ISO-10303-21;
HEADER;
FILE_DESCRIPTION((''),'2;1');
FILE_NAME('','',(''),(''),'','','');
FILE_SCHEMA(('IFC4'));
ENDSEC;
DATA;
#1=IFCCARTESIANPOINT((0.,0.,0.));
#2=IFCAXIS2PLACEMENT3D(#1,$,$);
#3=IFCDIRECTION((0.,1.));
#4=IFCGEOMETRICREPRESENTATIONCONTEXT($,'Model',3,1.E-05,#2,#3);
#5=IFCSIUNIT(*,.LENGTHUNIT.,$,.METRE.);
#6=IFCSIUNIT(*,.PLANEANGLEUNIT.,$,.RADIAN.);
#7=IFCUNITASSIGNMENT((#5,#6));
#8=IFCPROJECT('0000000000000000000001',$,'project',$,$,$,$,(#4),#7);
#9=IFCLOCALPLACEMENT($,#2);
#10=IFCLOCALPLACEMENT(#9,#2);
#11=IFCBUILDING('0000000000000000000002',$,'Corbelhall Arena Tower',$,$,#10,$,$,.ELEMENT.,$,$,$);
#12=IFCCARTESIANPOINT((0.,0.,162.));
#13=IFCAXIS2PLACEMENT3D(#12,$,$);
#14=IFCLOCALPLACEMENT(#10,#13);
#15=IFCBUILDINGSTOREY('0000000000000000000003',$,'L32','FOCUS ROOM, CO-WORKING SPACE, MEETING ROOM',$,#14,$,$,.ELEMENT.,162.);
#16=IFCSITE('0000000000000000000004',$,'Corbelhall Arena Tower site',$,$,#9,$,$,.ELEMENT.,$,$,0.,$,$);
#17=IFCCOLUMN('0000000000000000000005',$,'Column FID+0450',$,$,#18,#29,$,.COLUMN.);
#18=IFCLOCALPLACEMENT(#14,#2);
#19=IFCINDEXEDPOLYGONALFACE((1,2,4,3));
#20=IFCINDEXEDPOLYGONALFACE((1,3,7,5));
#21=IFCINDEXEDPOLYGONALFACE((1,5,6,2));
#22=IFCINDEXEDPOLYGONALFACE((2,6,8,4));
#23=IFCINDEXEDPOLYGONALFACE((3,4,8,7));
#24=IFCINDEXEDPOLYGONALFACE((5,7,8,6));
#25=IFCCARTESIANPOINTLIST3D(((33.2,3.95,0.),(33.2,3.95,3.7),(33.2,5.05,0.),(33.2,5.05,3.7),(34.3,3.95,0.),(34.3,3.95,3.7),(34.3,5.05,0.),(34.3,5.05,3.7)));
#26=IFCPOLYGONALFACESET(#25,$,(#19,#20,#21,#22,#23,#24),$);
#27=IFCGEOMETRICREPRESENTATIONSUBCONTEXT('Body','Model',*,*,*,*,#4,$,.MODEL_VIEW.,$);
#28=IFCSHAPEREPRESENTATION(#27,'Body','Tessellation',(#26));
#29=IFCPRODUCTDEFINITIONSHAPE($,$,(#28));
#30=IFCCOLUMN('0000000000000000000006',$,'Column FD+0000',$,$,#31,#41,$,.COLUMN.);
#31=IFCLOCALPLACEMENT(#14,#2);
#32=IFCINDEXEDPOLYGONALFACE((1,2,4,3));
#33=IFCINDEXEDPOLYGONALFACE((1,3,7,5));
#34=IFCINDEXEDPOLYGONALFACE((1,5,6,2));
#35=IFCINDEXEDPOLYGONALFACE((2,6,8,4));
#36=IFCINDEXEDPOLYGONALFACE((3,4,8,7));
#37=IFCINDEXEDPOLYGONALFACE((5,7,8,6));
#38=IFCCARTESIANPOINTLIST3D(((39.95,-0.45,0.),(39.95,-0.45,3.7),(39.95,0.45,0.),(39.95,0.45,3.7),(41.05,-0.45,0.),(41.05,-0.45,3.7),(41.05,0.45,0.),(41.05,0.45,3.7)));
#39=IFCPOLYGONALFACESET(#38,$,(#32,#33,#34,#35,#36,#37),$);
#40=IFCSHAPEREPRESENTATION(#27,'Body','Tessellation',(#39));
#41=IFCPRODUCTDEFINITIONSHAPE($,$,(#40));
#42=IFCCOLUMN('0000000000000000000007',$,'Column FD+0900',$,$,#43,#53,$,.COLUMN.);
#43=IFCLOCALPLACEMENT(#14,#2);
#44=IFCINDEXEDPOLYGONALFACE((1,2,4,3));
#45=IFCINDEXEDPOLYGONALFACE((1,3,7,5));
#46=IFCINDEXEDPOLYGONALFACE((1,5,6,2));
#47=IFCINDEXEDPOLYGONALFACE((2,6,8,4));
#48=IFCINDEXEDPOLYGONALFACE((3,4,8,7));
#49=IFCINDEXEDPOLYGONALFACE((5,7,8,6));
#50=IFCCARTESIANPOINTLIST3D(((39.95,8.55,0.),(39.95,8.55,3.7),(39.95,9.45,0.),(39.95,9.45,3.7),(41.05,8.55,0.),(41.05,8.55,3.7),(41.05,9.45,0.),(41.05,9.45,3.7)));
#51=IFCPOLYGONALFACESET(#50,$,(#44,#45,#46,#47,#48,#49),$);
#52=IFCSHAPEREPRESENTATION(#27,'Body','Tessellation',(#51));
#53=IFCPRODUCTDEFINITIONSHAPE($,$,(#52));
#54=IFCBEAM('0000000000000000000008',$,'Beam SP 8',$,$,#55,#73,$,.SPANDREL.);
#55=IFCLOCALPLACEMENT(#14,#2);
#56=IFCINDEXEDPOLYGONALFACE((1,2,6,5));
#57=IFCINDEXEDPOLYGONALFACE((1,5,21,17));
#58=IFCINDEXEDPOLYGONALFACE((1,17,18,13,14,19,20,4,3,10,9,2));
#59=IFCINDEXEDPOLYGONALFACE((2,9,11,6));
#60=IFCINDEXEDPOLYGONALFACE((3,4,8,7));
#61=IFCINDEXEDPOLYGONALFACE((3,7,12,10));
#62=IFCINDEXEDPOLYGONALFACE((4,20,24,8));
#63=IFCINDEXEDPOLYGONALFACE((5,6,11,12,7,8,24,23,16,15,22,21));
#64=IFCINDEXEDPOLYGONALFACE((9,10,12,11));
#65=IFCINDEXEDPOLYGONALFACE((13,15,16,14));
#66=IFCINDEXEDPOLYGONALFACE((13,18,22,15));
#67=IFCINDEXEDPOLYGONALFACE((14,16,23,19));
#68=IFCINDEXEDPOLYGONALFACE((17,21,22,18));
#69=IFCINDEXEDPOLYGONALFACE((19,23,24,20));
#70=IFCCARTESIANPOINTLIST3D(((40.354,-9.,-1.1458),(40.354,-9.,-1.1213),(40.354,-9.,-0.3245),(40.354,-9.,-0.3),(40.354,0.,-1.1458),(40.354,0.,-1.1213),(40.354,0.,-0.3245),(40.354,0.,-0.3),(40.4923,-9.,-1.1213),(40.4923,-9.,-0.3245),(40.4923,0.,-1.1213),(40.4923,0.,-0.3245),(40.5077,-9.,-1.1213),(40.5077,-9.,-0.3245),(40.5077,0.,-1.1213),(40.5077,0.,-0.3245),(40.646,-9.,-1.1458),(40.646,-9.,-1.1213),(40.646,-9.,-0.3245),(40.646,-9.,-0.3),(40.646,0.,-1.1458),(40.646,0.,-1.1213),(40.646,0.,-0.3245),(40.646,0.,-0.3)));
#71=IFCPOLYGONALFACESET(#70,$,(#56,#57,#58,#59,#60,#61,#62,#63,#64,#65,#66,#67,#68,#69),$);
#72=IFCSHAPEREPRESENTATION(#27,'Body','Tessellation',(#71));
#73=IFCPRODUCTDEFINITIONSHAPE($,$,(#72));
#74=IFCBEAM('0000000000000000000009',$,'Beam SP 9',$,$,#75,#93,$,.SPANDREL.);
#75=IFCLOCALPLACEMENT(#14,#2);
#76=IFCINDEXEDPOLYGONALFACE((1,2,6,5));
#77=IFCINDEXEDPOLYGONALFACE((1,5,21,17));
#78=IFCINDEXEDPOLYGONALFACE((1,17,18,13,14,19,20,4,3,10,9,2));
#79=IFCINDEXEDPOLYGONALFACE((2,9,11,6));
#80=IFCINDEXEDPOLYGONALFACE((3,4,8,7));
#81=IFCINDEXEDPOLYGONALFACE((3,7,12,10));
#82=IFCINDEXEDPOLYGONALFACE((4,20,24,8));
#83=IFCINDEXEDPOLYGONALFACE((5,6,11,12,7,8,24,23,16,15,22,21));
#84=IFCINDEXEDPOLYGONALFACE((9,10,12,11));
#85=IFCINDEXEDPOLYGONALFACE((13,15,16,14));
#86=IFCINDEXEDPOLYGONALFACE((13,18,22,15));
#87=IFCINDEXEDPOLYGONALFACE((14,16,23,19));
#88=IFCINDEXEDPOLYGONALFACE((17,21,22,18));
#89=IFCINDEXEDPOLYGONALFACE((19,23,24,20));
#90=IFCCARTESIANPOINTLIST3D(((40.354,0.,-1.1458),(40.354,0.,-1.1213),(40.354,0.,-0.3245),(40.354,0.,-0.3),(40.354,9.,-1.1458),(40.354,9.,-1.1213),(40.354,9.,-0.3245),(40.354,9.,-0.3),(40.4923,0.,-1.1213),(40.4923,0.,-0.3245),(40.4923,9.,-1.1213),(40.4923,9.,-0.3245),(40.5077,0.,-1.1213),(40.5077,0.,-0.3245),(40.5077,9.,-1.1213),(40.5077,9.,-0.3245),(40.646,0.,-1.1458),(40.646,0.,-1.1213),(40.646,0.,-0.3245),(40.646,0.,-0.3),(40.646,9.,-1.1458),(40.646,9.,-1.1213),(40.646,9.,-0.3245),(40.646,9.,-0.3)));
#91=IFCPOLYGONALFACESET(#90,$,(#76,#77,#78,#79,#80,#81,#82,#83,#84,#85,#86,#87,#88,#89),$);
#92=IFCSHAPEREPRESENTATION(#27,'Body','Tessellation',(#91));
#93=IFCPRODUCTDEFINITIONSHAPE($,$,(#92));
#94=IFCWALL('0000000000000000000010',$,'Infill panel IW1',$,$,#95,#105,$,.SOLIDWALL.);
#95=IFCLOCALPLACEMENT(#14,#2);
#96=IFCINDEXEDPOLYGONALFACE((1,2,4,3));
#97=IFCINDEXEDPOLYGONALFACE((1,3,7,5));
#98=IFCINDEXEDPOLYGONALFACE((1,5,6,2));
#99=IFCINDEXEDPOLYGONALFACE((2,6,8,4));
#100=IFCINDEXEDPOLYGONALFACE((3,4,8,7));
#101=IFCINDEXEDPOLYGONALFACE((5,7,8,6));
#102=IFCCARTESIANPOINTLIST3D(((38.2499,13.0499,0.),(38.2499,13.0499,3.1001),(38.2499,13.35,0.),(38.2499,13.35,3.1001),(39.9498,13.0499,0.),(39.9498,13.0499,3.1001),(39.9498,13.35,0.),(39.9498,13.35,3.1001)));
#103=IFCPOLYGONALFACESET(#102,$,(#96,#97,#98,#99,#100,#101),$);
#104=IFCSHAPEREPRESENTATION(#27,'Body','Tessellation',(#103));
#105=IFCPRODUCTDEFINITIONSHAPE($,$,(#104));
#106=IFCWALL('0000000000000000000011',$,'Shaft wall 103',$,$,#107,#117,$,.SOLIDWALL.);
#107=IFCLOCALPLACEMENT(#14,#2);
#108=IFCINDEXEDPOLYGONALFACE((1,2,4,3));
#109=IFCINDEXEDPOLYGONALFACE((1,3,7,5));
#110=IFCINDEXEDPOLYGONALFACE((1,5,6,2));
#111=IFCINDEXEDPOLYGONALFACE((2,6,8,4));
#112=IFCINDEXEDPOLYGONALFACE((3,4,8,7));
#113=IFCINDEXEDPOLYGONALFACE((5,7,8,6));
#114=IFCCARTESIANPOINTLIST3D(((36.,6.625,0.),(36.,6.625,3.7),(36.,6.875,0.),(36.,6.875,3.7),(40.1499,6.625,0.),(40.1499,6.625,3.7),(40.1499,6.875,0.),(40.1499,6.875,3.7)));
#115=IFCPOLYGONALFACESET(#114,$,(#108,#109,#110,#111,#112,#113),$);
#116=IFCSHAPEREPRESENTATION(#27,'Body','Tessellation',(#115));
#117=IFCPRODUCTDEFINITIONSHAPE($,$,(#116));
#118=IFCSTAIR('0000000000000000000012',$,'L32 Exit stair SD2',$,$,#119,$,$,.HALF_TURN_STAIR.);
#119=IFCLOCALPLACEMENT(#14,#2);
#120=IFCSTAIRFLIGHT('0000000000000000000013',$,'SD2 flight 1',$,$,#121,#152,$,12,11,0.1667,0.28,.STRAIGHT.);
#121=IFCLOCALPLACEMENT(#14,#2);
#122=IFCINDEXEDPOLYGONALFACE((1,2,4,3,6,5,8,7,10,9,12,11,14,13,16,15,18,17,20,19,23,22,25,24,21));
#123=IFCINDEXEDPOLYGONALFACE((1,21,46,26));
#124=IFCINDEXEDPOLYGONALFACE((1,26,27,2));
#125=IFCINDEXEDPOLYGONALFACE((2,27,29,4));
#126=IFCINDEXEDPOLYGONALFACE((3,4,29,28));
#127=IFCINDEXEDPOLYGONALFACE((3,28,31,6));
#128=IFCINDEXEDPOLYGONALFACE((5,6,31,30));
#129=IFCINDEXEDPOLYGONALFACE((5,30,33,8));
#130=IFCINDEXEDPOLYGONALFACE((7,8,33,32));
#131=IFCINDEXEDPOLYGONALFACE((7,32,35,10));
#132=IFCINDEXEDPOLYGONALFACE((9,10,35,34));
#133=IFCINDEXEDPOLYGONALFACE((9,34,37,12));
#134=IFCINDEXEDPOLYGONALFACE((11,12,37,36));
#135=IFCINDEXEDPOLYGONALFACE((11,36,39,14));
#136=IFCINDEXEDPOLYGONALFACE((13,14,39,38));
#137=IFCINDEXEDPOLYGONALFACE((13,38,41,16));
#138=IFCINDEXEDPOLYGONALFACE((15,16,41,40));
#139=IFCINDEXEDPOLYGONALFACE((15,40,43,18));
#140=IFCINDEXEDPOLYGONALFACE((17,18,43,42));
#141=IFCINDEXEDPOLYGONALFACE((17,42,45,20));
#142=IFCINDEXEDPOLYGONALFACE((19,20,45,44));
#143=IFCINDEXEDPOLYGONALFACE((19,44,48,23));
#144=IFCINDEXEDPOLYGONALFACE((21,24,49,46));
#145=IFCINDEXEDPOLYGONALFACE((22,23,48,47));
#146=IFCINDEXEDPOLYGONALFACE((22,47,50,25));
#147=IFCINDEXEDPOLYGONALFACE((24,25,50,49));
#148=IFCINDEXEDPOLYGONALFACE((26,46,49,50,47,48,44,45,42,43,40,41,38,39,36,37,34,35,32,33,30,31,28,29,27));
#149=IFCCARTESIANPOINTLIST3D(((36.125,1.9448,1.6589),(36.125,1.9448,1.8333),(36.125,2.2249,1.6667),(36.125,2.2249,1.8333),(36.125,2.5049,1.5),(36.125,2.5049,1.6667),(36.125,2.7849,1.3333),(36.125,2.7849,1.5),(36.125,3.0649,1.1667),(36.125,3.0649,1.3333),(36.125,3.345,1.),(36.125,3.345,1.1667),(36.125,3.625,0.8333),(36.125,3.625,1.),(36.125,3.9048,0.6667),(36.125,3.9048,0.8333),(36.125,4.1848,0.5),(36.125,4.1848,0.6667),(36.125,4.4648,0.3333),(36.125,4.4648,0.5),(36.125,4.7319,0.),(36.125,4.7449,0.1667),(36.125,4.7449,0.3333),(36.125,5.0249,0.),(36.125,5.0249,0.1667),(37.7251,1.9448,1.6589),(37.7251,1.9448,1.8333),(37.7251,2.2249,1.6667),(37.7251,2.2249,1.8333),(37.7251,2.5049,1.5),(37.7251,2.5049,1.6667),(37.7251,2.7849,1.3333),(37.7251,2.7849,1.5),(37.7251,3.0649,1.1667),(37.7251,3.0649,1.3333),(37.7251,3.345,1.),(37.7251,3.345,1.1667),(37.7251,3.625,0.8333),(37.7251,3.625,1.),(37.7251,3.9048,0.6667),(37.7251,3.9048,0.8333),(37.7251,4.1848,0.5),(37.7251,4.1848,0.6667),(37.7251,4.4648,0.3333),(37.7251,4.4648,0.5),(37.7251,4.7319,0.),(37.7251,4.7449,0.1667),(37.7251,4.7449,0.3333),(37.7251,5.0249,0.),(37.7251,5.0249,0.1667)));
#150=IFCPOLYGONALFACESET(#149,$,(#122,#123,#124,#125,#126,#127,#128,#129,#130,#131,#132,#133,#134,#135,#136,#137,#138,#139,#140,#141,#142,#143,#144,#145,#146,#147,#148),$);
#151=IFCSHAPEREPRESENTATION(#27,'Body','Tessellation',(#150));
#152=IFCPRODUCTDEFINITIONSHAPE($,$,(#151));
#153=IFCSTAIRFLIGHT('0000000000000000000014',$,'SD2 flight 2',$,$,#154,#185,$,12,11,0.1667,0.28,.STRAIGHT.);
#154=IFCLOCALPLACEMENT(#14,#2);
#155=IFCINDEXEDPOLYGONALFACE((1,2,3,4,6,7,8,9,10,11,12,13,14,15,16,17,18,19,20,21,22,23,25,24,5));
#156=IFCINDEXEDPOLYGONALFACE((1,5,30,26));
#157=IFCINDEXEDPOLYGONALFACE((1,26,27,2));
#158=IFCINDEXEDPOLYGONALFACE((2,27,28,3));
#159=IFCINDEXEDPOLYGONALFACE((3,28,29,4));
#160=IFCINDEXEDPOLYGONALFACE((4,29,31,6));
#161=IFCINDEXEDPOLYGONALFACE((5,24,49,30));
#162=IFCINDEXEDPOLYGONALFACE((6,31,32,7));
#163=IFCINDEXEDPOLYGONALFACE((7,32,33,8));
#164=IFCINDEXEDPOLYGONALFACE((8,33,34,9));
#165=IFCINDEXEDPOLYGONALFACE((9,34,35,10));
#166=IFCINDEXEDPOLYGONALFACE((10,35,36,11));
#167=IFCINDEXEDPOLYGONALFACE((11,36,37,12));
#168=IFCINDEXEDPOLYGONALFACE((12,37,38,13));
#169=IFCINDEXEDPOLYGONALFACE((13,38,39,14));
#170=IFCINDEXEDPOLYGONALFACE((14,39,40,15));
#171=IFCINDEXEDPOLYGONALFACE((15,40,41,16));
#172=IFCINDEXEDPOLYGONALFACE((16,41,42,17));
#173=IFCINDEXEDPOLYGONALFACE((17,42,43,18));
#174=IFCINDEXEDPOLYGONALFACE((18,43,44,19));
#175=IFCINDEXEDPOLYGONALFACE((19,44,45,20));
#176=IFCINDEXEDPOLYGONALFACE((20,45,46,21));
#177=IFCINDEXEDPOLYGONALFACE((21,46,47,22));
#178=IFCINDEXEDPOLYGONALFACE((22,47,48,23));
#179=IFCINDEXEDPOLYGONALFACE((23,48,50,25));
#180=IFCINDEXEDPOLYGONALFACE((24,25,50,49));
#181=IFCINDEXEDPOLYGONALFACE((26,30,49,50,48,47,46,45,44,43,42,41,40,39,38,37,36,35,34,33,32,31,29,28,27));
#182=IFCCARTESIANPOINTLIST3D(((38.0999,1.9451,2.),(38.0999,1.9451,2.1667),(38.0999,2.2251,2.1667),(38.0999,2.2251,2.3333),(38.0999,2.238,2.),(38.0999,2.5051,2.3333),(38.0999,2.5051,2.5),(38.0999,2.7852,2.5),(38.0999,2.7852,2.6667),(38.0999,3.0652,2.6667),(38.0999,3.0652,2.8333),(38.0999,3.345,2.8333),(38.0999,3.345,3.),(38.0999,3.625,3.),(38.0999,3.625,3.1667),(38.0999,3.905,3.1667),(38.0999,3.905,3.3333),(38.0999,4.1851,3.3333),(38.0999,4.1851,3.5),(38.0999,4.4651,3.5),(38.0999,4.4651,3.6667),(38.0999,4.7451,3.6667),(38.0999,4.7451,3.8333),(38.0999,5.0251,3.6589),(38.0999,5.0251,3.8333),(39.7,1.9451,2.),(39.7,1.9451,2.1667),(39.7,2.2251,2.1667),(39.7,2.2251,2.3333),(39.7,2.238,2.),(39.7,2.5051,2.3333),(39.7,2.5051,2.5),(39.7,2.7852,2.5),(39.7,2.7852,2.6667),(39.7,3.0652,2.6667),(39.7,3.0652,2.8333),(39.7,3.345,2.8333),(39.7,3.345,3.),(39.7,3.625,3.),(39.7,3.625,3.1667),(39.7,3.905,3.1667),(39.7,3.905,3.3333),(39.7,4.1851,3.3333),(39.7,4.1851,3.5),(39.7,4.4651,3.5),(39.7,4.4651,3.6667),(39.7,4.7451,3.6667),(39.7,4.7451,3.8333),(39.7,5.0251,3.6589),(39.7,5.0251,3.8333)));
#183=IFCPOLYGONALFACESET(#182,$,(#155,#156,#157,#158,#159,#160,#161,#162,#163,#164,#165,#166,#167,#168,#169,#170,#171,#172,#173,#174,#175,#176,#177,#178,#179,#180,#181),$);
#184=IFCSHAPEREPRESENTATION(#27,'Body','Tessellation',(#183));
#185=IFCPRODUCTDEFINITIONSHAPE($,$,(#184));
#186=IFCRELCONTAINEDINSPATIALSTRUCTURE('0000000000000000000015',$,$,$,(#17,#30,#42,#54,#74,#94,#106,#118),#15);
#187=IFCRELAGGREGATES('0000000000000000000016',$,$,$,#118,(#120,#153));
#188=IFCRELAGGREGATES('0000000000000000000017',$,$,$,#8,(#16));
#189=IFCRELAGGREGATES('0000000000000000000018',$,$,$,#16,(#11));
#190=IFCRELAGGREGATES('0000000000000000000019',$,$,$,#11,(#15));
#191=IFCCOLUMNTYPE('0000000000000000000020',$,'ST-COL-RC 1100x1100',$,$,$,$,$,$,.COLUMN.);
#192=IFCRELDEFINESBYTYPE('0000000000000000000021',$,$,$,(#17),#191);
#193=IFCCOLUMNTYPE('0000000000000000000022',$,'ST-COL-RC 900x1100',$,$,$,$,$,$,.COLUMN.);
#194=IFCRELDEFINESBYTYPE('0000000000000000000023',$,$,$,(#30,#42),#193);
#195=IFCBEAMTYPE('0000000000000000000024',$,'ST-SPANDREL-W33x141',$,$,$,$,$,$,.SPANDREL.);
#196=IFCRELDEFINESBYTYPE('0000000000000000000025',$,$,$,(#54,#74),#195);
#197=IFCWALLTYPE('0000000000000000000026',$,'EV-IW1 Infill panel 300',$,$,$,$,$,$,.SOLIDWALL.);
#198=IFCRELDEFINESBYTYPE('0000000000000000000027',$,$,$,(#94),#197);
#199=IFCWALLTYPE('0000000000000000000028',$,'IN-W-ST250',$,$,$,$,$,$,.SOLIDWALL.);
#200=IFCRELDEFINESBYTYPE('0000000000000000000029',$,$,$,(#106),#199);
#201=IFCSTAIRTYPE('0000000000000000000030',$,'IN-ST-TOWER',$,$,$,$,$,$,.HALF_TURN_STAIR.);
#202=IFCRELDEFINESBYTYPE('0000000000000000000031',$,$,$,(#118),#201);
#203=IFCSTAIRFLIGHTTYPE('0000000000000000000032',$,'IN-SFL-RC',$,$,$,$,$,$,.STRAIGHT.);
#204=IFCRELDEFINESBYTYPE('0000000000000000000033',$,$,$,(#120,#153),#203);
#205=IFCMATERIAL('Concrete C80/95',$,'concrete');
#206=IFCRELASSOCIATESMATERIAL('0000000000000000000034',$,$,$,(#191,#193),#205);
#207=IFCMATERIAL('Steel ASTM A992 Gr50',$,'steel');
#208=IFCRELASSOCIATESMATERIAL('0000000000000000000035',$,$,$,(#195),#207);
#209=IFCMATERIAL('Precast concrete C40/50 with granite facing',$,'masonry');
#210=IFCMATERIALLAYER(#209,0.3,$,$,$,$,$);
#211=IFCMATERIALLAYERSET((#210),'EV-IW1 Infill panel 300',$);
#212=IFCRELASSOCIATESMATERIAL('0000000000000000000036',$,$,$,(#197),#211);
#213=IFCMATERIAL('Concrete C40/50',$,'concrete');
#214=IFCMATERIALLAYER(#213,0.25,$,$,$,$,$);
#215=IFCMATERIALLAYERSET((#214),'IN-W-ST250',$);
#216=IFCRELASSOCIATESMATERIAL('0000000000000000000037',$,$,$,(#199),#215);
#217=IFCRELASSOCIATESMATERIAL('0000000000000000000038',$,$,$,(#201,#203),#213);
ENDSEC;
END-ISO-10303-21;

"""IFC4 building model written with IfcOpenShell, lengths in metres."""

from ifc_helpers import new_model, si_unit, direction, frame, frame_2d, origin, origin_2d, place, context, subcontext, project, spatial, polyline, rectangle, i_section, outline, extrude, material, layer, layer_set, material_profile, profile_set, type_object, element, aggregate, save


model = new_model("IFC4")

# Units and contexts
model_context = context("Model", 3, precision=1e-05, world=origin(), true_north=direction((0.0, 1.0)))
body_context = subcontext(model_context, "Body", "Model", "MODEL_VIEW")
ifc_project = project(units=[si_unit("LENGTHUNIT", "METRE"), si_unit("PLANEANGLEUNIT", "RADIAN")], contexts=[model_context])

# Site, building, storey
site_placement = place(None, origin())
site = spatial("IfcSite", under=ifc_project, at=site_placement, Name="Corbelhall Arena Tower site", CompositionType="ELEMENT", RefElevation=0.0)
building_placement = place(site_placement, origin())
building = spatial("IfcBuilding", under=site, at=building_placement, Name="Corbelhall Arena Tower", CompositionType="ELEMENT")
storey_placement = place(building_placement, frame((0.0, 0.0, 162.0)))
storey = spatial("IfcBuildingStorey", under=building, at=storey_placement, Name="L32", Description="FOCUS ROOM, CO-WORKING SPACE, MEETING ROOM", CompositionType="ELEMENT", Elevation=162.0)

# Columns
ifc_material_1 = material(Name="Concrete C80/95", Category="concrete")
ifc_material_profile_1 = material_profile(ifc_material_1, rectangle(XDim=1.1001, YDim=1.1001, at=origin_2d()))
ifc_profile_set_1 = profile_set([ifc_material_profile_1], Name="Concrete C80/95")
column_type_1 = type_object("IfcColumnType", Name="ST-COL-RC 1100x1100", PredefinedType="COLUMN", material=ifc_profile_set_1)
column_placement = place(storey_placement, frame((33.75, 4.5, 0.0), z_axis=(0.0, 0.0, 1.0), x_axis=(1.0, 0.0, 0.0)))
element("IfcColumn", 1, at=column_placement, inside=storey, type_object=column_type_1, Name="Column FID+0450", PredefinedType="COLUMN", context=body_context, shape_type="SweptSolid", body=[
    extrude(rectangle(XDim=1.1001, YDim=1.1001, at=origin_2d()), origin(), (0.0, 0.0, 1.0), 3.7),
])
ifc_material_profile_2 = material_profile(ifc_material_1, rectangle(XDim=0.8999, YDim=1.1001, at=origin_2d()))
ifc_profile_set_2 = profile_set([ifc_material_profile_2], Name="Concrete C80/95")
column_type_2 = type_object("IfcColumnType", Name="ST-COL-RC 900x1100", PredefinedType="COLUMN", material=ifc_profile_set_2)
for number, where, z_axis, x_axis, name in (
    (2, (40.5, 0.0, 0.0), (0.0, 0.0, 1.0), (0.0, 1.0, 0.0), "Column FD+0000"),
    (3, (40.5, 9.0, 0.0), (0.0, 0.0, 1.0), (0.0, 1.0, 0.0), "Column FD+0900"),
):
    element("IfcColumn", number, at=place(storey_placement, frame(where, z_axis=z_axis, x_axis=x_axis)), inside=storey, type_object=column_type_2, Name=name, PredefinedType="COLUMN", context=body_context, shape_type="SweptSolid", body=[
        extrude(rectangle(XDim=0.8999, YDim=1.1001, at=origin_2d()), origin(), (0.0, 0.0, 1.0), 3.7),
    ])

# Beams
ifc_material_2 = material(Name="Steel ASTM A992 Gr50", Category="steel")
ifc_material_profile_3 = material_profile(ifc_material_2, i_section(OverallWidth=0.292, OverallDepth=0.8457, WebThickness=0.0154, FlangeThickness=0.0244, at=origin_2d()))
ifc_profile_set_3 = profile_set([ifc_material_profile_3], Name="Steel ASTM A992 Gr50")
beam_type = type_object("IfcBeamType", Name="ST-SPANDREL-W33x141", PredefinedType="SPANDREL", material=ifc_profile_set_3)
for number, where, z_axis, x_axis, name in (
    (4, (40.5, 0.0, -0.7229), (0.0, -1.0, 0.0), (1.0, 0.0, 0.0), "Beam SP 8"),
    (5, (40.5, 9.0, -0.7229), (0.0, -1.0, 0.0), (1.0, 0.0, 0.0), "Beam SP 9"),
):
    element("IfcBeam", number, at=place(storey_placement, frame(where, z_axis=z_axis, x_axis=x_axis)), inside=storey, type_object=beam_type, Name=name, PredefinedType="SPANDREL", context=body_context, shape_type="SweptSolid", body=[
        extrude(i_section(OverallWidth=0.292, OverallDepth=0.8457, WebThickness=0.0154, FlangeThickness=0.0244, at=origin_2d()), origin(), (0.0, 0.0, 1.0), 9.0),
    ])

# Wall
ifc_material_3 = material(Name="Precast concrete C40/50 with granite facing", Category="masonry")
ifc_layer_1 = layer(ifc_material_3, 0.3)
ifc_layer_set_1 = layer_set([ifc_layer_1], Name="EV-IW1 Infill panel 300")
wall_type_1 = type_object("IfcWallType", Name="EV-IW1 Infill panel 300", PredefinedType="SOLIDWALL", material=ifc_layer_set_1)
wall_1_placement = place(storey_placement, frame((39.95, 13.2, 0.0), z_axis=(0.0, 0.0, 1.0), x_axis=(-1.0, 0.0, 0.0)))
element("IfcWall", 6, at=wall_1_placement, inside=storey, type_object=wall_type_1, Name="Infill panel IW1", PredefinedType="SOLIDWALL", context=body_context, shape_type="SweptSolid", body=[
    extrude(rectangle(XDim=1.7, YDim=0.3, at=frame_2d((0.8501, 0.0))), origin(), (0.0, 0.0, 1.0), 3.1001),
])

# Wall
ifc_material_4 = material(Name="Concrete C40/50", Category="concrete")
ifc_layer_2 = layer(ifc_material_4, 0.25)
ifc_layer_set_2 = layer_set([ifc_layer_2], Name="IN-W-ST250")
wall_type_2 = type_object("IfcWallType", Name="IN-W-ST250", PredefinedType="SOLIDWALL", material=ifc_layer_set_2)
wall_2_placement = place(storey_placement, frame((36.0, 6.75, 0.0), z_axis=(0.0, 0.0, 1.0), x_axis=(1.0, 0.0, 0.0)))
element("IfcWall", 7, at=wall_2_placement, inside=storey, type_object=wall_type_2, Name="Shaft wall 103", PredefinedType="SOLIDWALL", context=body_context, shape_type="SweptSolid", body=[
    extrude(rectangle(XDim=4.1499, YDim=0.25, at=frame_2d((2.075, 0.0))), origin(), (0.0, 0.0, 1.0), 3.7),
])

# Stair, stair flights
stair_type = type_object("IfcStairType", Name="IN-ST-TOWER", PredefinedType="HALF_TURN_STAIR", material=ifc_material_4)
stair_placement = place(storey_placement, origin())
stair = element("IfcStair", 8, at=stair_placement, inside=storey, type_object=stair_type, Name="L32 Exit stair SD2", PredefinedType="HALF_TURN_STAIR")
stair_flight_type = type_object("IfcStairFlightType", Name="IN-SFL-RC", PredefinedType="STRAIGHT", material=ifc_material_4)
stair_flight_1_placement = place(storey_placement, frame((36.925, 5.0249, 0.0), z_axis=(0.0, 0.0, 1.0), x_axis=(0.0, -1.0, 0.0)))
stair_flight_1 = element("IfcStairFlight", 9, at=stair_flight_1_placement, type_object=stair_flight_type, Name="SD2 flight 1", NumberOfRisers=12, NumberOfTreads=11, PredefinedType="STRAIGHT", RiserHeight=0.1667, TreadLength=0.28, context=body_context, shape_type="SweptSolid", body=[
    extrude(outline(polyline([(0.0, 0.0), (0.0, 0.1667), (0.28, 0.1667), (0.28, 0.3333), (0.5601, 0.3333), (0.5601, 0.5), (0.8401, 0.5), (0.8401, 0.6667), (1.1201, 0.6667), (1.1201, 0.8333), (1.3999, 0.8333), (1.3999, 1.0), (1.6799, 1.0), (1.6799, 1.1667), (1.96, 1.1667), (1.96, 1.3333), (2.24, 1.3333), (2.24, 1.5), (2.52, 1.5), (2.52, 1.6667), (2.8, 1.6667), (2.8, 1.8333), (3.0801, 1.8333), (3.0801, 2.0), (3.0801, 1.6589), (0.293, 0.0), (0.0, 0.0)])), frame((0.0, 0.8, 0.0), z_axis=(0.0, -1.0, 0.0), x_axis=(1.0, 0.0, 0.0)), (0.0, 0.0, 1.0), 1.6001),
])
stair_flight_2_placement = place(storey_placement, frame((38.8999, 1.9451, 2.0), z_axis=(0.0, 0.0, 1.0), x_axis=(0.0, 1.0, 0.0)))
stair_flight_2 = element("IfcStairFlight", 10, at=stair_flight_2_placement, type_object=stair_flight_type, Name="SD2 flight 2", NumberOfRisers=12, NumberOfTreads=11, PredefinedType="STRAIGHT", RiserHeight=0.1667, TreadLength=0.28, context=body_context, shape_type="SweptSolid", body=[
    extrude(outline(polyline([(0.0, 0.0), (0.0, 0.1667), (0.28, 0.1667), (0.28, 0.3333), (0.5601, 0.3333), (0.5601, 0.5), (0.8401, 0.5), (0.8401, 0.6667), (1.1201, 0.6667), (1.1201, 0.8333), (1.3999, 0.8333), (1.3999, 1.0), (1.6799, 1.0), (1.6799, 1.1667), (1.96, 1.1667), (1.96, 1.3333), (2.24, 1.3333), (2.24, 1.5), (2.52, 1.5), (2.52, 1.6667), (2.8, 1.6667), (2.8, 1.8333), (3.0801, 1.8333), (3.0801, 2.0), (3.0801, 1.6589), (0.293, 0.0), (0.0, 0.0)])), frame((0.0, 0.8, 0.0), z_axis=(0.0, -1.0, 0.0), x_axis=(1.0, 0.0, 0.0)), (0.0, 0.0, 1.0), 1.6001),
])
aggregate(stair, [stair_flight_1, stair_flight_2])

save(model, "model.ifc")
